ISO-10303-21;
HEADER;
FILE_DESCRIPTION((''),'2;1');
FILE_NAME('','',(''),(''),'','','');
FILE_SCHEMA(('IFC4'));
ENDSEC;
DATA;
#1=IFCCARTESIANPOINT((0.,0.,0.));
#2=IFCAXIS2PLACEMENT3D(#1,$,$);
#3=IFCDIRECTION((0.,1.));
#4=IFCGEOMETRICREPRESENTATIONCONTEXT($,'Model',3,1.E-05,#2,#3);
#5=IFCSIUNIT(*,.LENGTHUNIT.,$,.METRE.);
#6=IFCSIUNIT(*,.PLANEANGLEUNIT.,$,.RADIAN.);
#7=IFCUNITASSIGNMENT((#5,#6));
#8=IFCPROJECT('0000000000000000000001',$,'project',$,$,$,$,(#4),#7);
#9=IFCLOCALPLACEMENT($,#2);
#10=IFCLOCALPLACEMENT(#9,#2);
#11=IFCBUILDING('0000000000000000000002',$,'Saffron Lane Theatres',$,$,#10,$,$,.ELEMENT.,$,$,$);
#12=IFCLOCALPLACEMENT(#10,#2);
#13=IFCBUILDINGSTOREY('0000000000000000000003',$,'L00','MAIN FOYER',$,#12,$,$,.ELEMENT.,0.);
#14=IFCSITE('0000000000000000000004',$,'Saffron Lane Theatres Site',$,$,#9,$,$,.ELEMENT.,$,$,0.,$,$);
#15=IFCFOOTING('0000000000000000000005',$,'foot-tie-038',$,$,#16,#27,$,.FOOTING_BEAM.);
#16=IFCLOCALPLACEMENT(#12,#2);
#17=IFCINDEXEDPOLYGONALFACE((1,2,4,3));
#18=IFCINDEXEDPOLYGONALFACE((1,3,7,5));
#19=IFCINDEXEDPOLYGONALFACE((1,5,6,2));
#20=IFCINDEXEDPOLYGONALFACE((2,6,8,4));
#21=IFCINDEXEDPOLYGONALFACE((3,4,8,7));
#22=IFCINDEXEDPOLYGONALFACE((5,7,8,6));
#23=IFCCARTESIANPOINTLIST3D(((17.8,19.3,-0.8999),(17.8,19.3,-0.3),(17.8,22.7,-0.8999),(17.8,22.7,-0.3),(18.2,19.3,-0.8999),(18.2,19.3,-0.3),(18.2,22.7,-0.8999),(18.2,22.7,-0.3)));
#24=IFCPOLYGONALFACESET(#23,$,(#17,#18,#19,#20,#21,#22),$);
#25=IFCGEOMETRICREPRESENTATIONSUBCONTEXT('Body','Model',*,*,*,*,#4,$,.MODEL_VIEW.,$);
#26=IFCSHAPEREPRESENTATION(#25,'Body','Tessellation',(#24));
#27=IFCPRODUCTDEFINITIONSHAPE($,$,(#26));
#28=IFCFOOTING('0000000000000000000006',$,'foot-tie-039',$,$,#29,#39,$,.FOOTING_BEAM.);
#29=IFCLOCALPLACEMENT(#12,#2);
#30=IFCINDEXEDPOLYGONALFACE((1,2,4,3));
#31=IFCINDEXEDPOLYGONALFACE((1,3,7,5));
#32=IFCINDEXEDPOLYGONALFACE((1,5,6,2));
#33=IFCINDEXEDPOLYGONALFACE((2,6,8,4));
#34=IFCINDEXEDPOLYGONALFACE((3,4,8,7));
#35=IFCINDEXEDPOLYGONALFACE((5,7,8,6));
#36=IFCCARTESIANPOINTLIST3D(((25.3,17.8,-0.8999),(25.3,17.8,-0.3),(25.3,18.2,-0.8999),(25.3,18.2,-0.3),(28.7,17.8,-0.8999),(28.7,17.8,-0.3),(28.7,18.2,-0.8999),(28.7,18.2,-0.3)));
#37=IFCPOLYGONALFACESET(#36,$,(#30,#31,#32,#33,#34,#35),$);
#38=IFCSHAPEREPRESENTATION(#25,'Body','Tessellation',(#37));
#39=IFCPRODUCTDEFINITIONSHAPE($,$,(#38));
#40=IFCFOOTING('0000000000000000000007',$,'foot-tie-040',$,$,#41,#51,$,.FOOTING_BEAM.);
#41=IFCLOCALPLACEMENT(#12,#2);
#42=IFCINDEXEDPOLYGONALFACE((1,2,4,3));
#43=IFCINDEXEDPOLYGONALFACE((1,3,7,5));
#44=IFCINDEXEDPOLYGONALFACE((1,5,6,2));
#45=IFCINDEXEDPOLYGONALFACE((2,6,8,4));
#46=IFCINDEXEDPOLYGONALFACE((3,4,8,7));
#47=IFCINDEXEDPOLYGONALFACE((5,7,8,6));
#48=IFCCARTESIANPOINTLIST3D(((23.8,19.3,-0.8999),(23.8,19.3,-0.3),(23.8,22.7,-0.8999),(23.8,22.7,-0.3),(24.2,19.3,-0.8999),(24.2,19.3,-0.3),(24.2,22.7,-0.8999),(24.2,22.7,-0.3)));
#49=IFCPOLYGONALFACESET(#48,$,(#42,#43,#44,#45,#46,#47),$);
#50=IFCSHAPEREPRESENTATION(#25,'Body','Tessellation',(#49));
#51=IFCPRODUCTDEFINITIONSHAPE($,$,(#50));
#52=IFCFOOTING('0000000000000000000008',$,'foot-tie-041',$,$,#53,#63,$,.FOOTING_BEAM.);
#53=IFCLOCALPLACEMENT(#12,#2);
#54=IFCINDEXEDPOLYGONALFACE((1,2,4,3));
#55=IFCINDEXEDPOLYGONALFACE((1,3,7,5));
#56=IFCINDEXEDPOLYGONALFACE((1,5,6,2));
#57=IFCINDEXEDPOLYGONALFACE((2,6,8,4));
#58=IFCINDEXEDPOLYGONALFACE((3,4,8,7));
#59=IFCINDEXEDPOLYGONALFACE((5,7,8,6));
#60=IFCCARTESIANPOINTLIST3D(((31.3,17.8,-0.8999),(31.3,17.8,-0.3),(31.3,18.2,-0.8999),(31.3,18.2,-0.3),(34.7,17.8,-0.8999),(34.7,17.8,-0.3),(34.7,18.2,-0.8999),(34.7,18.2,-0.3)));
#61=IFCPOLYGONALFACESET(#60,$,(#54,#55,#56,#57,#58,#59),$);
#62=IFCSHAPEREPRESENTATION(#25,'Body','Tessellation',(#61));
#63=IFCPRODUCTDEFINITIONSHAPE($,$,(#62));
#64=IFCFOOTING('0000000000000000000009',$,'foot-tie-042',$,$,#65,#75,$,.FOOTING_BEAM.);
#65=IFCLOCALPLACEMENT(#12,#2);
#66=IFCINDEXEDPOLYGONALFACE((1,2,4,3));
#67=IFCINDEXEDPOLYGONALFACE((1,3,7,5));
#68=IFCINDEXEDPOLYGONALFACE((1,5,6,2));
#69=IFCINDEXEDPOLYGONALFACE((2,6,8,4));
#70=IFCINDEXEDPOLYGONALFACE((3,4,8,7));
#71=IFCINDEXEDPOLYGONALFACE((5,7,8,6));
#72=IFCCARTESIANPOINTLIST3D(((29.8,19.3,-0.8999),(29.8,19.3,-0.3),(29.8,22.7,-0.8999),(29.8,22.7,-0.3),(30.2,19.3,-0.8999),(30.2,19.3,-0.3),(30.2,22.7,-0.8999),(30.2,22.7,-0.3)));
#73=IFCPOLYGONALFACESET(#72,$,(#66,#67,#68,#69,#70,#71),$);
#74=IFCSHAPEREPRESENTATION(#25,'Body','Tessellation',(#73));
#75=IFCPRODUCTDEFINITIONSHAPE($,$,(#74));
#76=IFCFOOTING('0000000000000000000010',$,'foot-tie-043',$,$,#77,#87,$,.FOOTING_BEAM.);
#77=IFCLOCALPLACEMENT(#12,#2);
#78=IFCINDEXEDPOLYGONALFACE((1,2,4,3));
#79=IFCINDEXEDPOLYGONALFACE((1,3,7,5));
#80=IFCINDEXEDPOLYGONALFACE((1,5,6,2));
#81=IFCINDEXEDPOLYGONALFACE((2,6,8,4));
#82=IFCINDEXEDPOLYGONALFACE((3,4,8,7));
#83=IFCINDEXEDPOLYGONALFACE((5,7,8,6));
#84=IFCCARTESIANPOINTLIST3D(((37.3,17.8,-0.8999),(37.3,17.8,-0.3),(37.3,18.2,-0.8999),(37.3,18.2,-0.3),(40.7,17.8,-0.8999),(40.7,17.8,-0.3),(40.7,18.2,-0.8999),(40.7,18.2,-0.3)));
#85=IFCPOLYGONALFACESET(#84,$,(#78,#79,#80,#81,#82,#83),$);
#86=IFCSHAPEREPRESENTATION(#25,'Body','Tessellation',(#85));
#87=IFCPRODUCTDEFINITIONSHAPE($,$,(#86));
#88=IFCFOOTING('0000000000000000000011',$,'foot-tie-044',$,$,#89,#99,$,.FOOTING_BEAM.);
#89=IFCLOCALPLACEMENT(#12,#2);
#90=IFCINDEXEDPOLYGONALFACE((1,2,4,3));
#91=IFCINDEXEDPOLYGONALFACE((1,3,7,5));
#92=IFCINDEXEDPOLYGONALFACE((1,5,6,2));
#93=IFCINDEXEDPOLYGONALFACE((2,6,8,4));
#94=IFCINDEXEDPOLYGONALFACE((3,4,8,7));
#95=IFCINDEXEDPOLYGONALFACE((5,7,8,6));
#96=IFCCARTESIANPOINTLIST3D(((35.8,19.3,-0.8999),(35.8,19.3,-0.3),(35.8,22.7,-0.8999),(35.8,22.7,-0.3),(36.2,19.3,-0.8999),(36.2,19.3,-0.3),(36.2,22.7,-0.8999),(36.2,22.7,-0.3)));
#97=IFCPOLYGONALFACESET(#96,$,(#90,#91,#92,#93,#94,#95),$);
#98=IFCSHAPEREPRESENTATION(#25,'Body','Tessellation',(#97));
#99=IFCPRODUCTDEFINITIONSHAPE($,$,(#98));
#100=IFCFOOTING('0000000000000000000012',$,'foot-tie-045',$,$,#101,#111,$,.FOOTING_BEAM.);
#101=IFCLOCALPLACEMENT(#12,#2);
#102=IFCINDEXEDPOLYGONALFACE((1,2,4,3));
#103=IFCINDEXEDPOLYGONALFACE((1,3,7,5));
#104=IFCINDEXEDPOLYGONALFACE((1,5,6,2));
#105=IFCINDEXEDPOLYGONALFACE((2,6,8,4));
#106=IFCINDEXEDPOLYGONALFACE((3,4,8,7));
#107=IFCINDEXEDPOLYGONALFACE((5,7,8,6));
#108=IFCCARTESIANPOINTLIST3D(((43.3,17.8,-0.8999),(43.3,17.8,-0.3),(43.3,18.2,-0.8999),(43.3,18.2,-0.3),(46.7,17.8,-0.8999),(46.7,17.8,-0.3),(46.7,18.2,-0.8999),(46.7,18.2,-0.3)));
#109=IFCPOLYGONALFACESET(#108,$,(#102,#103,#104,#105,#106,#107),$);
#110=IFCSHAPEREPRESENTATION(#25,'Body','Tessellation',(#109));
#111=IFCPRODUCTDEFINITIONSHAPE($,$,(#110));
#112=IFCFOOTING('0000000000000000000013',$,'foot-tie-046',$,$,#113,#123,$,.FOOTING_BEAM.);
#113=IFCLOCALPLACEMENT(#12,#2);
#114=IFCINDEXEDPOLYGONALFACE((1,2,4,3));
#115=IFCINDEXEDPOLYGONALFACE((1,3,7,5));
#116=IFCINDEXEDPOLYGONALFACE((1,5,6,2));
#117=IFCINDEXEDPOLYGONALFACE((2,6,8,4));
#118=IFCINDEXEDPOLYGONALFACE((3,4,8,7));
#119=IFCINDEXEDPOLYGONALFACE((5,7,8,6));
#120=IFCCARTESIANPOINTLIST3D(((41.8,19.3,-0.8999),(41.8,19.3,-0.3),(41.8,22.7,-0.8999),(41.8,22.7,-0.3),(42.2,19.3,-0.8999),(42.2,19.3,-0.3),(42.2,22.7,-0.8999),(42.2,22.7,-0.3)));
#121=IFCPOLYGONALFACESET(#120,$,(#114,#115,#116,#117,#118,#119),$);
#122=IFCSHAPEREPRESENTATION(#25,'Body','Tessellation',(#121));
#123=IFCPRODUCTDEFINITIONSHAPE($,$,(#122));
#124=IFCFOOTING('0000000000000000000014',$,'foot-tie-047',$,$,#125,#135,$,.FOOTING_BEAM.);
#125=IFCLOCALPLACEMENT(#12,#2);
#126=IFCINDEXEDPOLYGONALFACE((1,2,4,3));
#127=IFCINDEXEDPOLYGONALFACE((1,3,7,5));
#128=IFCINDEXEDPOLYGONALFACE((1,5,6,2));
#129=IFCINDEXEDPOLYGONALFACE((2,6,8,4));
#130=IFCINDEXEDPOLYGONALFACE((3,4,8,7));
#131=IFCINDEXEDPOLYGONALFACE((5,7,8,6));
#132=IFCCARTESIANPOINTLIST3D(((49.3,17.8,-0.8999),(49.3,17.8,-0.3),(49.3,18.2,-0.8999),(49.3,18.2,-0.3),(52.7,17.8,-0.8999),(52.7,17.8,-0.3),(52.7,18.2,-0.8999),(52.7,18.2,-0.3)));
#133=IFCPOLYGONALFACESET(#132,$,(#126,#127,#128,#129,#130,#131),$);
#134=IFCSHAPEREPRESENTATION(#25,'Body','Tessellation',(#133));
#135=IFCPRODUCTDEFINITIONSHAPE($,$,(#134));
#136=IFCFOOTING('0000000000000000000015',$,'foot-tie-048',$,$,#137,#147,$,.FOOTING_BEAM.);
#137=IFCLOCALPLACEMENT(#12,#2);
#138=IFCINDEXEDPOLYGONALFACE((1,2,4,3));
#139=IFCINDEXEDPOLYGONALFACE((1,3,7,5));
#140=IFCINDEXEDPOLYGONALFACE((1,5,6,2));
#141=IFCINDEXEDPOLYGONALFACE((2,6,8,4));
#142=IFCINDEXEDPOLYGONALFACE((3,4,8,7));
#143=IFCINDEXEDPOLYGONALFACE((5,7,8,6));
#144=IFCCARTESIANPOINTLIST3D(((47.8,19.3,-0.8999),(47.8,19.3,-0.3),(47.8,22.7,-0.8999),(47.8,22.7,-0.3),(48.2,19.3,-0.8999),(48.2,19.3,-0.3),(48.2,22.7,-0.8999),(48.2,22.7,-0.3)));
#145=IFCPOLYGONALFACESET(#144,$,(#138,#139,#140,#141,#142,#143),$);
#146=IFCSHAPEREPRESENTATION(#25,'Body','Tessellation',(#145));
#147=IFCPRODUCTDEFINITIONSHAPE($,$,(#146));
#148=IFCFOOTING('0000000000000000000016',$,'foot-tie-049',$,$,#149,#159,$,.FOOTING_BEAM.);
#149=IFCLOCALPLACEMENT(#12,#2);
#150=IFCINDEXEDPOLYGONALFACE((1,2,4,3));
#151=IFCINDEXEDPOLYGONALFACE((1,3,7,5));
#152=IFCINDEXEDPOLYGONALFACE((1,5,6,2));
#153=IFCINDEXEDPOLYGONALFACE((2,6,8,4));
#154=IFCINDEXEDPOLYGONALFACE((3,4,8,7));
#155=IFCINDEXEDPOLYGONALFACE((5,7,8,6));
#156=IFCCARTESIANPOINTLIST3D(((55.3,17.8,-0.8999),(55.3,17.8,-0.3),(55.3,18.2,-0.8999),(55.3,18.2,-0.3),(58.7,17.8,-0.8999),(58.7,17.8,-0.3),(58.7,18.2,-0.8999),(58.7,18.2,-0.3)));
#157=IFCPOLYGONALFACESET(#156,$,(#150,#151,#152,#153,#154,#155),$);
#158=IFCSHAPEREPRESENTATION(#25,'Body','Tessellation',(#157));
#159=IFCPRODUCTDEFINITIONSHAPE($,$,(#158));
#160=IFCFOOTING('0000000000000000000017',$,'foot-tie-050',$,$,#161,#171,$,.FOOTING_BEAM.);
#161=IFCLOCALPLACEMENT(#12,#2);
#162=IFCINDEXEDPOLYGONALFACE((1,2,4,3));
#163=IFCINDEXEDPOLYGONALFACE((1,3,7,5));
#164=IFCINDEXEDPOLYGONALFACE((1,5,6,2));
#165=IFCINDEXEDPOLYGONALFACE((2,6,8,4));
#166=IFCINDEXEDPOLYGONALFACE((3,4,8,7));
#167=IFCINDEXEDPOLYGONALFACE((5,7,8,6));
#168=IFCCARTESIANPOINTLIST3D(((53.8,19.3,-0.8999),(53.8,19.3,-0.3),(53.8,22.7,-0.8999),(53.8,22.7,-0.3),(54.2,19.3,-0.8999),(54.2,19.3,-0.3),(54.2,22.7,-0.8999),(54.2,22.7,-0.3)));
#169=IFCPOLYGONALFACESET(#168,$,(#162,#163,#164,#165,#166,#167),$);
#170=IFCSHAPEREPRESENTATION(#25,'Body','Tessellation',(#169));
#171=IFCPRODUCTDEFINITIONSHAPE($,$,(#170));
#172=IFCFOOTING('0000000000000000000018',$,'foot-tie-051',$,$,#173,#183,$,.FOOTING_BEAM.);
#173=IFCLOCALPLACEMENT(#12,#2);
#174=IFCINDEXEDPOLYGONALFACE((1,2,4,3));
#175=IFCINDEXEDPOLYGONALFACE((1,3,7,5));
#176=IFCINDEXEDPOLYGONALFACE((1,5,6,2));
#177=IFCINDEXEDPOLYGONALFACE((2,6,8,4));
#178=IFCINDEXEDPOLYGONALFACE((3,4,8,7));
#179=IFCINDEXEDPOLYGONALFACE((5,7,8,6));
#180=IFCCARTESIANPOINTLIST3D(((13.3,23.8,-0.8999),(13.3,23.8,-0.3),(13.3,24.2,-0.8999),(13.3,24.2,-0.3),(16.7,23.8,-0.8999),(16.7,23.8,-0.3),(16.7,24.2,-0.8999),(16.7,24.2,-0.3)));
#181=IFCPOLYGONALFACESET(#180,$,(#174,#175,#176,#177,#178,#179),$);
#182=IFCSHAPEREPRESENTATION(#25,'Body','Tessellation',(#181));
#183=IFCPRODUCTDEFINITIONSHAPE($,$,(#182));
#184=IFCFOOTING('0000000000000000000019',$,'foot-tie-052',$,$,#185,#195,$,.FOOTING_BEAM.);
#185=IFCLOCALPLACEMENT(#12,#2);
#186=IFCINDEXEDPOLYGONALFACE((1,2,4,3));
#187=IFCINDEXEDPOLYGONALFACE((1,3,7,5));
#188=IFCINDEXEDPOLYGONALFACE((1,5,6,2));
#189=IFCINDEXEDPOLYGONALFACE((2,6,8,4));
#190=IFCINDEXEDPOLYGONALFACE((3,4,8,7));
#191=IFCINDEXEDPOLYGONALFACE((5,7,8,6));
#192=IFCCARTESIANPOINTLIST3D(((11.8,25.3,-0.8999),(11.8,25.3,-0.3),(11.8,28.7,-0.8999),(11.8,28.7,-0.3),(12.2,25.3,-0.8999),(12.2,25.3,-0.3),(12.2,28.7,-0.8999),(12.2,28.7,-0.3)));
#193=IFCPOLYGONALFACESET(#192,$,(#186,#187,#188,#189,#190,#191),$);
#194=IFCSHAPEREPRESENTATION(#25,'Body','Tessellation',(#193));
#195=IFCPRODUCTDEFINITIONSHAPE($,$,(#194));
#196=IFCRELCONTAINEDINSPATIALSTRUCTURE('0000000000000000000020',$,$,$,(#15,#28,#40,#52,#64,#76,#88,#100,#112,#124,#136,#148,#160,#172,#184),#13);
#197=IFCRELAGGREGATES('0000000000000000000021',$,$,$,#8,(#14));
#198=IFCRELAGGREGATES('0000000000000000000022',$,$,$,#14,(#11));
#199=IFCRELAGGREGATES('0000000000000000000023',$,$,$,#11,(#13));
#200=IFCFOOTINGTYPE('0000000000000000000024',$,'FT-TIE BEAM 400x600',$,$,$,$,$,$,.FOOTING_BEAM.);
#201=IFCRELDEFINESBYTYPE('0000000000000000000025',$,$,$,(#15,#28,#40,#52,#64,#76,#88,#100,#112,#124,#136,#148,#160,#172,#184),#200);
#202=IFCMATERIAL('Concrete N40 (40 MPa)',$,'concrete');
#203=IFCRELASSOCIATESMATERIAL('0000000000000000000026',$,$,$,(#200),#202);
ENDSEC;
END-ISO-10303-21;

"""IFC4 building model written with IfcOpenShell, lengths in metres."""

from ifc_helpers import new_model, si_unit, direction, frame, origin, place, context, subcontext, project, spatial, polyline, outline, extrude, material, type_object, element, save


model = new_model("IFC4")

# Units and contexts
model_context = context("Model", 3, precision=1e-05, world=origin(), true_north=direction((0.0, 1.0)))
body_context = subcontext(model_context, "Body", "Model", "MODEL_VIEW")
ifc_project = project(units=[si_unit("LENGTHUNIT", "METRE"), si_unit("PLANEANGLEUNIT", "RADIAN")], contexts=[model_context])

# Site, building, storey
site_placement = place(None, origin())
site = spatial("IfcSite", under=ifc_project, at=site_placement, Name="Saffron Lane Theatres Site", CompositionType="ELEMENT", RefElevation=0.0)
building_placement = place(site_placement, origin())
building = spatial("IfcBuilding", under=site, at=building_placement, Name="Saffron Lane Theatres", CompositionType="ELEMENT")
storey_placement = place(building_placement, origin())
storey = spatial("IfcBuildingStorey", under=building, at=storey_placement, Name="L00", Description="MAIN FOYER", CompositionType="ELEMENT", Elevation=0.0)

# Footings
ifc_material_1 = material(Name="Concrete N40 (40 MPa)", Category="concrete")
footing_type_1 = type_object("IfcFootingType", Name="FT-TIE BEAM 400x600", PredefinedType="FOOTING_BEAM", material=ifc_material_1)
footing_1_placement = place(storey_placement, frame((0.0, 0.0, -0.8999)))
element("IfcFooting", 1, at=footing_1_placement, inside=storey, type_object=footing_type_1, Name="foot-tie-038", PredefinedType="FOOTING_BEAM", context=body_context, shape_type="SweptSolid", body=[
    extrude(outline(polyline([(17.8, 19.3), (18.2, 19.3), (18.2, 22.7), (17.8, 22.7), (17.8, 19.3)])), origin(), (0.0, 0.0, 1.0), 0.5999),
])
footing_2_placement = place(storey_placement, frame((0.0, 0.0, -0.8999)))
element("IfcFooting", 2, at=footing_2_placement, inside=storey, type_object=footing_type_1, Name="foot-tie-039", PredefinedType="FOOTING_BEAM", context=body_context, shape_type="SweptSolid", body=[
    extrude(outline(polyline([(25.3, 17.8), (28.7, 17.8), (28.7, 18.2), (25.3, 18.2), (25.3, 17.8)])), origin(), (0.0, 0.0, 1.0), 0.5999),
])
footing_3_placement = place(storey_placement, frame((0.0, 0.0, -0.8999)))
element("IfcFooting", 3, at=footing_3_placement, inside=storey, type_object=footing_type_1, Name="foot-tie-040", PredefinedType="FOOTING_BEAM", context=body_context, shape_type="SweptSolid", body=[
    extrude(outline(polyline([(23.8, 19.3), (24.2, 19.3), (24.2, 22.7), (23.8, 22.7), (23.8, 19.3)])), origin(), (0.0, 0.0, 1.0), 0.5999),
])
footing_4_placement = place(storey_placement, frame((0.0, 0.0, -0.8999)))
element("IfcFooting", 4, at=footing_4_placement, inside=storey, type_object=footing_type_1, Name="foot-tie-041", PredefinedType="FOOTING_BEAM", context=body_context, shape_type="SweptSolid", body=[
    extrude(outline(polyline([(31.3, 17.8), (34.7, 17.8), (34.7, 18.2), (31.3, 18.2), (31.3, 17.8)])), origin(), (0.0, 0.0, 1.0), 0.5999),
])
footing_5_placement = place(storey_placement, frame((0.0, 0.0, -0.8999)))
element("IfcFooting", 5, at=footing_5_placement, inside=storey, type_object=footing_type_1, Name="foot-tie-042", PredefinedType="FOOTING_BEAM", context=body_context, shape_type="SweptSolid", body=[
    extrude(outline(polyline([(29.8, 19.3), (30.2, 19.3), (30.2, 22.7), (29.8, 22.7), (29.8, 19.3)])), origin(), (0.0, 0.0, 1.0), 0.5999),
])
footing_6_placement = place(storey_placement, frame((0.0, 0.0, -0.8999)))
element("IfcFooting", 6, at=footing_6_placement, inside=storey, type_object=footing_type_1, Name="foot-tie-043", PredefinedType="FOOTING_BEAM", context=body_context, shape_type="SweptSolid", body=[
    extrude(outline(polyline([(37.3, 17.8), (40.7, 17.8), (40.7, 18.2), (37.3, 18.2), (37.3, 17.8)])), origin(), (0.0, 0.0, 1.0), 0.5999),
])
footing_7_placement = place(storey_placement, frame((0.0, 0.0, -0.8999)))
element("IfcFooting", 7, at=footing_7_placement, inside=storey, type_object=footing_type_1, Name="foot-tie-044", PredefinedType="FOOTING_BEAM", context=body_context, shape_type="SweptSolid", body=[
    extrude(outline(polyline([(35.8, 19.3), (36.2, 19.3), (36.2, 22.7), (35.8, 22.7), (35.8, 19.3)])), origin(), (0.0, 0.0, 1.0), 0.5999),
])
footing_8_placement = place(storey_placement, frame((0.0, 0.0, -0.8999)))
element("IfcFooting", 8, at=footing_8_placement, inside=storey, type_object=footing_type_1, Name="foot-tie-045", PredefinedType="FOOTING_BEAM", context=body_context, shape_type="SweptSolid", body=[
    extrude(outline(polyline([(43.3, 17.8), (46.7, 17.8), (46.7, 18.2), (43.3, 18.2), (43.3, 17.8)])), origin(), (0.0, 0.0, 1.0), 0.5999),
])
footing_9_placement = place(storey_placement, frame((0.0, 0.0, -0.8999)))
element("IfcFooting", 9, at=footing_9_placement, inside=storey, type_object=footing_type_1, Name="foot-tie-046", PredefinedType="FOOTING_BEAM", context=body_context, shape_type="SweptSolid", body=[
    extrude(outline(polyline([(41.8, 19.3), (42.2, 19.3), (42.2, 22.7), (41.8, 22.7), (41.8, 19.3)])), origin(), (0.0, 0.0, 1.0), 0.5999),
])
footing_10_placement = place(storey_placement, frame((0.0, 0.0, -0.8999)))
element("IfcFooting", 10, at=footing_10_placement, inside=storey, type_object=footing_type_1, Name="foot-tie-047", PredefinedType="FOOTING_BEAM", context=body_context, shape_type="SweptSolid", body=[
    extrude(outline(polyline([(49.3, 17.8), (52.7, 17.8), (52.7, 18.2), (49.3, 18.2), (49.3, 17.8)])), origin(), (0.0, 0.0, 1.0), 0.5999),
])
footing_11_placement = place(storey_placement, frame((0.0, 0.0, -0.8999)))
element("IfcFooting", 11, at=footing_11_placement, inside=storey, type_object=footing_type_1, Name="foot-tie-048", PredefinedType="FOOTING_BEAM", context=body_context, shape_type="SweptSolid", body=[
    extrude(outline(polyline([(47.8, 19.3), (48.2, 19.3), (48.2, 22.7), (47.8, 22.7), (47.8, 19.3)])), origin(), (0.0, 0.0, 1.0), 0.5999),
])
footing_12_placement = place(storey_placement, frame((0.0, 0.0, -0.8999)))
element("IfcFooting", 12, at=footing_12_placement, inside=storey, type_object=footing_type_1, Name="foot-tie-049", PredefinedType="FOOTING_BEAM", context=body_context, shape_type="SweptSolid", body=[
    extrude(outline(polyline([(55.3, 17.8), (58.7, 17.8), (58.7, 18.2), (55.3, 18.2), (55.3, 17.8)])), origin(), (0.0, 0.0, 1.0), 0.5999),
])
footing_13_placement = place(storey_placement, frame((0.0, 0.0, -0.8999)))
element("IfcFooting", 13, at=footing_13_placement, inside=storey, type_object=footing_type_1, Name="foot-tie-050", PredefinedType="FOOTING_BEAM", context=body_context, shape_type="SweptSolid", body=[
    extrude(outline(polyline([(53.8, 19.3), (54.2, 19.3), (54.2, 22.7), (53.8, 22.7), (53.8, 19.3)])), origin(), (0.0, 0.0, 1.0), 0.5999),
])
footing_14_placement = place(storey_placement, frame((0.0, 0.0, -0.8999)))
element("IfcFooting", 14, at=footing_14_placement, inside=storey, type_object=footing_type_1, Name="foot-tie-051", PredefinedType="FOOTING_BEAM", context=body_context, shape_type="SweptSolid", body=[
    extrude(outline(polyline([(13.3, 23.8), (16.7, 23.8), (16.7, 24.2), (13.3, 24.2), (13.3, 23.8)])), origin(), (0.0, 0.0, 1.0), 0.5999),
])
footing_15_placement = place(storey_placement, frame((0.0, 0.0, -0.8999)))
element("IfcFooting", 15, at=footing_15_placement, inside=storey, type_object=footing_type_1, Name="foot-tie-052", PredefinedType="FOOTING_BEAM", context=body_context, shape_type="SweptSolid", body=[
    extrude(outline(polyline([(11.8, 25.3), (12.2, 25.3), (12.2, 28.7), (11.8, 28.7), (11.8, 25.3)])), origin(), (0.0, 0.0, 1.0), 0.5999),
])

save(model, "model.ifc")
